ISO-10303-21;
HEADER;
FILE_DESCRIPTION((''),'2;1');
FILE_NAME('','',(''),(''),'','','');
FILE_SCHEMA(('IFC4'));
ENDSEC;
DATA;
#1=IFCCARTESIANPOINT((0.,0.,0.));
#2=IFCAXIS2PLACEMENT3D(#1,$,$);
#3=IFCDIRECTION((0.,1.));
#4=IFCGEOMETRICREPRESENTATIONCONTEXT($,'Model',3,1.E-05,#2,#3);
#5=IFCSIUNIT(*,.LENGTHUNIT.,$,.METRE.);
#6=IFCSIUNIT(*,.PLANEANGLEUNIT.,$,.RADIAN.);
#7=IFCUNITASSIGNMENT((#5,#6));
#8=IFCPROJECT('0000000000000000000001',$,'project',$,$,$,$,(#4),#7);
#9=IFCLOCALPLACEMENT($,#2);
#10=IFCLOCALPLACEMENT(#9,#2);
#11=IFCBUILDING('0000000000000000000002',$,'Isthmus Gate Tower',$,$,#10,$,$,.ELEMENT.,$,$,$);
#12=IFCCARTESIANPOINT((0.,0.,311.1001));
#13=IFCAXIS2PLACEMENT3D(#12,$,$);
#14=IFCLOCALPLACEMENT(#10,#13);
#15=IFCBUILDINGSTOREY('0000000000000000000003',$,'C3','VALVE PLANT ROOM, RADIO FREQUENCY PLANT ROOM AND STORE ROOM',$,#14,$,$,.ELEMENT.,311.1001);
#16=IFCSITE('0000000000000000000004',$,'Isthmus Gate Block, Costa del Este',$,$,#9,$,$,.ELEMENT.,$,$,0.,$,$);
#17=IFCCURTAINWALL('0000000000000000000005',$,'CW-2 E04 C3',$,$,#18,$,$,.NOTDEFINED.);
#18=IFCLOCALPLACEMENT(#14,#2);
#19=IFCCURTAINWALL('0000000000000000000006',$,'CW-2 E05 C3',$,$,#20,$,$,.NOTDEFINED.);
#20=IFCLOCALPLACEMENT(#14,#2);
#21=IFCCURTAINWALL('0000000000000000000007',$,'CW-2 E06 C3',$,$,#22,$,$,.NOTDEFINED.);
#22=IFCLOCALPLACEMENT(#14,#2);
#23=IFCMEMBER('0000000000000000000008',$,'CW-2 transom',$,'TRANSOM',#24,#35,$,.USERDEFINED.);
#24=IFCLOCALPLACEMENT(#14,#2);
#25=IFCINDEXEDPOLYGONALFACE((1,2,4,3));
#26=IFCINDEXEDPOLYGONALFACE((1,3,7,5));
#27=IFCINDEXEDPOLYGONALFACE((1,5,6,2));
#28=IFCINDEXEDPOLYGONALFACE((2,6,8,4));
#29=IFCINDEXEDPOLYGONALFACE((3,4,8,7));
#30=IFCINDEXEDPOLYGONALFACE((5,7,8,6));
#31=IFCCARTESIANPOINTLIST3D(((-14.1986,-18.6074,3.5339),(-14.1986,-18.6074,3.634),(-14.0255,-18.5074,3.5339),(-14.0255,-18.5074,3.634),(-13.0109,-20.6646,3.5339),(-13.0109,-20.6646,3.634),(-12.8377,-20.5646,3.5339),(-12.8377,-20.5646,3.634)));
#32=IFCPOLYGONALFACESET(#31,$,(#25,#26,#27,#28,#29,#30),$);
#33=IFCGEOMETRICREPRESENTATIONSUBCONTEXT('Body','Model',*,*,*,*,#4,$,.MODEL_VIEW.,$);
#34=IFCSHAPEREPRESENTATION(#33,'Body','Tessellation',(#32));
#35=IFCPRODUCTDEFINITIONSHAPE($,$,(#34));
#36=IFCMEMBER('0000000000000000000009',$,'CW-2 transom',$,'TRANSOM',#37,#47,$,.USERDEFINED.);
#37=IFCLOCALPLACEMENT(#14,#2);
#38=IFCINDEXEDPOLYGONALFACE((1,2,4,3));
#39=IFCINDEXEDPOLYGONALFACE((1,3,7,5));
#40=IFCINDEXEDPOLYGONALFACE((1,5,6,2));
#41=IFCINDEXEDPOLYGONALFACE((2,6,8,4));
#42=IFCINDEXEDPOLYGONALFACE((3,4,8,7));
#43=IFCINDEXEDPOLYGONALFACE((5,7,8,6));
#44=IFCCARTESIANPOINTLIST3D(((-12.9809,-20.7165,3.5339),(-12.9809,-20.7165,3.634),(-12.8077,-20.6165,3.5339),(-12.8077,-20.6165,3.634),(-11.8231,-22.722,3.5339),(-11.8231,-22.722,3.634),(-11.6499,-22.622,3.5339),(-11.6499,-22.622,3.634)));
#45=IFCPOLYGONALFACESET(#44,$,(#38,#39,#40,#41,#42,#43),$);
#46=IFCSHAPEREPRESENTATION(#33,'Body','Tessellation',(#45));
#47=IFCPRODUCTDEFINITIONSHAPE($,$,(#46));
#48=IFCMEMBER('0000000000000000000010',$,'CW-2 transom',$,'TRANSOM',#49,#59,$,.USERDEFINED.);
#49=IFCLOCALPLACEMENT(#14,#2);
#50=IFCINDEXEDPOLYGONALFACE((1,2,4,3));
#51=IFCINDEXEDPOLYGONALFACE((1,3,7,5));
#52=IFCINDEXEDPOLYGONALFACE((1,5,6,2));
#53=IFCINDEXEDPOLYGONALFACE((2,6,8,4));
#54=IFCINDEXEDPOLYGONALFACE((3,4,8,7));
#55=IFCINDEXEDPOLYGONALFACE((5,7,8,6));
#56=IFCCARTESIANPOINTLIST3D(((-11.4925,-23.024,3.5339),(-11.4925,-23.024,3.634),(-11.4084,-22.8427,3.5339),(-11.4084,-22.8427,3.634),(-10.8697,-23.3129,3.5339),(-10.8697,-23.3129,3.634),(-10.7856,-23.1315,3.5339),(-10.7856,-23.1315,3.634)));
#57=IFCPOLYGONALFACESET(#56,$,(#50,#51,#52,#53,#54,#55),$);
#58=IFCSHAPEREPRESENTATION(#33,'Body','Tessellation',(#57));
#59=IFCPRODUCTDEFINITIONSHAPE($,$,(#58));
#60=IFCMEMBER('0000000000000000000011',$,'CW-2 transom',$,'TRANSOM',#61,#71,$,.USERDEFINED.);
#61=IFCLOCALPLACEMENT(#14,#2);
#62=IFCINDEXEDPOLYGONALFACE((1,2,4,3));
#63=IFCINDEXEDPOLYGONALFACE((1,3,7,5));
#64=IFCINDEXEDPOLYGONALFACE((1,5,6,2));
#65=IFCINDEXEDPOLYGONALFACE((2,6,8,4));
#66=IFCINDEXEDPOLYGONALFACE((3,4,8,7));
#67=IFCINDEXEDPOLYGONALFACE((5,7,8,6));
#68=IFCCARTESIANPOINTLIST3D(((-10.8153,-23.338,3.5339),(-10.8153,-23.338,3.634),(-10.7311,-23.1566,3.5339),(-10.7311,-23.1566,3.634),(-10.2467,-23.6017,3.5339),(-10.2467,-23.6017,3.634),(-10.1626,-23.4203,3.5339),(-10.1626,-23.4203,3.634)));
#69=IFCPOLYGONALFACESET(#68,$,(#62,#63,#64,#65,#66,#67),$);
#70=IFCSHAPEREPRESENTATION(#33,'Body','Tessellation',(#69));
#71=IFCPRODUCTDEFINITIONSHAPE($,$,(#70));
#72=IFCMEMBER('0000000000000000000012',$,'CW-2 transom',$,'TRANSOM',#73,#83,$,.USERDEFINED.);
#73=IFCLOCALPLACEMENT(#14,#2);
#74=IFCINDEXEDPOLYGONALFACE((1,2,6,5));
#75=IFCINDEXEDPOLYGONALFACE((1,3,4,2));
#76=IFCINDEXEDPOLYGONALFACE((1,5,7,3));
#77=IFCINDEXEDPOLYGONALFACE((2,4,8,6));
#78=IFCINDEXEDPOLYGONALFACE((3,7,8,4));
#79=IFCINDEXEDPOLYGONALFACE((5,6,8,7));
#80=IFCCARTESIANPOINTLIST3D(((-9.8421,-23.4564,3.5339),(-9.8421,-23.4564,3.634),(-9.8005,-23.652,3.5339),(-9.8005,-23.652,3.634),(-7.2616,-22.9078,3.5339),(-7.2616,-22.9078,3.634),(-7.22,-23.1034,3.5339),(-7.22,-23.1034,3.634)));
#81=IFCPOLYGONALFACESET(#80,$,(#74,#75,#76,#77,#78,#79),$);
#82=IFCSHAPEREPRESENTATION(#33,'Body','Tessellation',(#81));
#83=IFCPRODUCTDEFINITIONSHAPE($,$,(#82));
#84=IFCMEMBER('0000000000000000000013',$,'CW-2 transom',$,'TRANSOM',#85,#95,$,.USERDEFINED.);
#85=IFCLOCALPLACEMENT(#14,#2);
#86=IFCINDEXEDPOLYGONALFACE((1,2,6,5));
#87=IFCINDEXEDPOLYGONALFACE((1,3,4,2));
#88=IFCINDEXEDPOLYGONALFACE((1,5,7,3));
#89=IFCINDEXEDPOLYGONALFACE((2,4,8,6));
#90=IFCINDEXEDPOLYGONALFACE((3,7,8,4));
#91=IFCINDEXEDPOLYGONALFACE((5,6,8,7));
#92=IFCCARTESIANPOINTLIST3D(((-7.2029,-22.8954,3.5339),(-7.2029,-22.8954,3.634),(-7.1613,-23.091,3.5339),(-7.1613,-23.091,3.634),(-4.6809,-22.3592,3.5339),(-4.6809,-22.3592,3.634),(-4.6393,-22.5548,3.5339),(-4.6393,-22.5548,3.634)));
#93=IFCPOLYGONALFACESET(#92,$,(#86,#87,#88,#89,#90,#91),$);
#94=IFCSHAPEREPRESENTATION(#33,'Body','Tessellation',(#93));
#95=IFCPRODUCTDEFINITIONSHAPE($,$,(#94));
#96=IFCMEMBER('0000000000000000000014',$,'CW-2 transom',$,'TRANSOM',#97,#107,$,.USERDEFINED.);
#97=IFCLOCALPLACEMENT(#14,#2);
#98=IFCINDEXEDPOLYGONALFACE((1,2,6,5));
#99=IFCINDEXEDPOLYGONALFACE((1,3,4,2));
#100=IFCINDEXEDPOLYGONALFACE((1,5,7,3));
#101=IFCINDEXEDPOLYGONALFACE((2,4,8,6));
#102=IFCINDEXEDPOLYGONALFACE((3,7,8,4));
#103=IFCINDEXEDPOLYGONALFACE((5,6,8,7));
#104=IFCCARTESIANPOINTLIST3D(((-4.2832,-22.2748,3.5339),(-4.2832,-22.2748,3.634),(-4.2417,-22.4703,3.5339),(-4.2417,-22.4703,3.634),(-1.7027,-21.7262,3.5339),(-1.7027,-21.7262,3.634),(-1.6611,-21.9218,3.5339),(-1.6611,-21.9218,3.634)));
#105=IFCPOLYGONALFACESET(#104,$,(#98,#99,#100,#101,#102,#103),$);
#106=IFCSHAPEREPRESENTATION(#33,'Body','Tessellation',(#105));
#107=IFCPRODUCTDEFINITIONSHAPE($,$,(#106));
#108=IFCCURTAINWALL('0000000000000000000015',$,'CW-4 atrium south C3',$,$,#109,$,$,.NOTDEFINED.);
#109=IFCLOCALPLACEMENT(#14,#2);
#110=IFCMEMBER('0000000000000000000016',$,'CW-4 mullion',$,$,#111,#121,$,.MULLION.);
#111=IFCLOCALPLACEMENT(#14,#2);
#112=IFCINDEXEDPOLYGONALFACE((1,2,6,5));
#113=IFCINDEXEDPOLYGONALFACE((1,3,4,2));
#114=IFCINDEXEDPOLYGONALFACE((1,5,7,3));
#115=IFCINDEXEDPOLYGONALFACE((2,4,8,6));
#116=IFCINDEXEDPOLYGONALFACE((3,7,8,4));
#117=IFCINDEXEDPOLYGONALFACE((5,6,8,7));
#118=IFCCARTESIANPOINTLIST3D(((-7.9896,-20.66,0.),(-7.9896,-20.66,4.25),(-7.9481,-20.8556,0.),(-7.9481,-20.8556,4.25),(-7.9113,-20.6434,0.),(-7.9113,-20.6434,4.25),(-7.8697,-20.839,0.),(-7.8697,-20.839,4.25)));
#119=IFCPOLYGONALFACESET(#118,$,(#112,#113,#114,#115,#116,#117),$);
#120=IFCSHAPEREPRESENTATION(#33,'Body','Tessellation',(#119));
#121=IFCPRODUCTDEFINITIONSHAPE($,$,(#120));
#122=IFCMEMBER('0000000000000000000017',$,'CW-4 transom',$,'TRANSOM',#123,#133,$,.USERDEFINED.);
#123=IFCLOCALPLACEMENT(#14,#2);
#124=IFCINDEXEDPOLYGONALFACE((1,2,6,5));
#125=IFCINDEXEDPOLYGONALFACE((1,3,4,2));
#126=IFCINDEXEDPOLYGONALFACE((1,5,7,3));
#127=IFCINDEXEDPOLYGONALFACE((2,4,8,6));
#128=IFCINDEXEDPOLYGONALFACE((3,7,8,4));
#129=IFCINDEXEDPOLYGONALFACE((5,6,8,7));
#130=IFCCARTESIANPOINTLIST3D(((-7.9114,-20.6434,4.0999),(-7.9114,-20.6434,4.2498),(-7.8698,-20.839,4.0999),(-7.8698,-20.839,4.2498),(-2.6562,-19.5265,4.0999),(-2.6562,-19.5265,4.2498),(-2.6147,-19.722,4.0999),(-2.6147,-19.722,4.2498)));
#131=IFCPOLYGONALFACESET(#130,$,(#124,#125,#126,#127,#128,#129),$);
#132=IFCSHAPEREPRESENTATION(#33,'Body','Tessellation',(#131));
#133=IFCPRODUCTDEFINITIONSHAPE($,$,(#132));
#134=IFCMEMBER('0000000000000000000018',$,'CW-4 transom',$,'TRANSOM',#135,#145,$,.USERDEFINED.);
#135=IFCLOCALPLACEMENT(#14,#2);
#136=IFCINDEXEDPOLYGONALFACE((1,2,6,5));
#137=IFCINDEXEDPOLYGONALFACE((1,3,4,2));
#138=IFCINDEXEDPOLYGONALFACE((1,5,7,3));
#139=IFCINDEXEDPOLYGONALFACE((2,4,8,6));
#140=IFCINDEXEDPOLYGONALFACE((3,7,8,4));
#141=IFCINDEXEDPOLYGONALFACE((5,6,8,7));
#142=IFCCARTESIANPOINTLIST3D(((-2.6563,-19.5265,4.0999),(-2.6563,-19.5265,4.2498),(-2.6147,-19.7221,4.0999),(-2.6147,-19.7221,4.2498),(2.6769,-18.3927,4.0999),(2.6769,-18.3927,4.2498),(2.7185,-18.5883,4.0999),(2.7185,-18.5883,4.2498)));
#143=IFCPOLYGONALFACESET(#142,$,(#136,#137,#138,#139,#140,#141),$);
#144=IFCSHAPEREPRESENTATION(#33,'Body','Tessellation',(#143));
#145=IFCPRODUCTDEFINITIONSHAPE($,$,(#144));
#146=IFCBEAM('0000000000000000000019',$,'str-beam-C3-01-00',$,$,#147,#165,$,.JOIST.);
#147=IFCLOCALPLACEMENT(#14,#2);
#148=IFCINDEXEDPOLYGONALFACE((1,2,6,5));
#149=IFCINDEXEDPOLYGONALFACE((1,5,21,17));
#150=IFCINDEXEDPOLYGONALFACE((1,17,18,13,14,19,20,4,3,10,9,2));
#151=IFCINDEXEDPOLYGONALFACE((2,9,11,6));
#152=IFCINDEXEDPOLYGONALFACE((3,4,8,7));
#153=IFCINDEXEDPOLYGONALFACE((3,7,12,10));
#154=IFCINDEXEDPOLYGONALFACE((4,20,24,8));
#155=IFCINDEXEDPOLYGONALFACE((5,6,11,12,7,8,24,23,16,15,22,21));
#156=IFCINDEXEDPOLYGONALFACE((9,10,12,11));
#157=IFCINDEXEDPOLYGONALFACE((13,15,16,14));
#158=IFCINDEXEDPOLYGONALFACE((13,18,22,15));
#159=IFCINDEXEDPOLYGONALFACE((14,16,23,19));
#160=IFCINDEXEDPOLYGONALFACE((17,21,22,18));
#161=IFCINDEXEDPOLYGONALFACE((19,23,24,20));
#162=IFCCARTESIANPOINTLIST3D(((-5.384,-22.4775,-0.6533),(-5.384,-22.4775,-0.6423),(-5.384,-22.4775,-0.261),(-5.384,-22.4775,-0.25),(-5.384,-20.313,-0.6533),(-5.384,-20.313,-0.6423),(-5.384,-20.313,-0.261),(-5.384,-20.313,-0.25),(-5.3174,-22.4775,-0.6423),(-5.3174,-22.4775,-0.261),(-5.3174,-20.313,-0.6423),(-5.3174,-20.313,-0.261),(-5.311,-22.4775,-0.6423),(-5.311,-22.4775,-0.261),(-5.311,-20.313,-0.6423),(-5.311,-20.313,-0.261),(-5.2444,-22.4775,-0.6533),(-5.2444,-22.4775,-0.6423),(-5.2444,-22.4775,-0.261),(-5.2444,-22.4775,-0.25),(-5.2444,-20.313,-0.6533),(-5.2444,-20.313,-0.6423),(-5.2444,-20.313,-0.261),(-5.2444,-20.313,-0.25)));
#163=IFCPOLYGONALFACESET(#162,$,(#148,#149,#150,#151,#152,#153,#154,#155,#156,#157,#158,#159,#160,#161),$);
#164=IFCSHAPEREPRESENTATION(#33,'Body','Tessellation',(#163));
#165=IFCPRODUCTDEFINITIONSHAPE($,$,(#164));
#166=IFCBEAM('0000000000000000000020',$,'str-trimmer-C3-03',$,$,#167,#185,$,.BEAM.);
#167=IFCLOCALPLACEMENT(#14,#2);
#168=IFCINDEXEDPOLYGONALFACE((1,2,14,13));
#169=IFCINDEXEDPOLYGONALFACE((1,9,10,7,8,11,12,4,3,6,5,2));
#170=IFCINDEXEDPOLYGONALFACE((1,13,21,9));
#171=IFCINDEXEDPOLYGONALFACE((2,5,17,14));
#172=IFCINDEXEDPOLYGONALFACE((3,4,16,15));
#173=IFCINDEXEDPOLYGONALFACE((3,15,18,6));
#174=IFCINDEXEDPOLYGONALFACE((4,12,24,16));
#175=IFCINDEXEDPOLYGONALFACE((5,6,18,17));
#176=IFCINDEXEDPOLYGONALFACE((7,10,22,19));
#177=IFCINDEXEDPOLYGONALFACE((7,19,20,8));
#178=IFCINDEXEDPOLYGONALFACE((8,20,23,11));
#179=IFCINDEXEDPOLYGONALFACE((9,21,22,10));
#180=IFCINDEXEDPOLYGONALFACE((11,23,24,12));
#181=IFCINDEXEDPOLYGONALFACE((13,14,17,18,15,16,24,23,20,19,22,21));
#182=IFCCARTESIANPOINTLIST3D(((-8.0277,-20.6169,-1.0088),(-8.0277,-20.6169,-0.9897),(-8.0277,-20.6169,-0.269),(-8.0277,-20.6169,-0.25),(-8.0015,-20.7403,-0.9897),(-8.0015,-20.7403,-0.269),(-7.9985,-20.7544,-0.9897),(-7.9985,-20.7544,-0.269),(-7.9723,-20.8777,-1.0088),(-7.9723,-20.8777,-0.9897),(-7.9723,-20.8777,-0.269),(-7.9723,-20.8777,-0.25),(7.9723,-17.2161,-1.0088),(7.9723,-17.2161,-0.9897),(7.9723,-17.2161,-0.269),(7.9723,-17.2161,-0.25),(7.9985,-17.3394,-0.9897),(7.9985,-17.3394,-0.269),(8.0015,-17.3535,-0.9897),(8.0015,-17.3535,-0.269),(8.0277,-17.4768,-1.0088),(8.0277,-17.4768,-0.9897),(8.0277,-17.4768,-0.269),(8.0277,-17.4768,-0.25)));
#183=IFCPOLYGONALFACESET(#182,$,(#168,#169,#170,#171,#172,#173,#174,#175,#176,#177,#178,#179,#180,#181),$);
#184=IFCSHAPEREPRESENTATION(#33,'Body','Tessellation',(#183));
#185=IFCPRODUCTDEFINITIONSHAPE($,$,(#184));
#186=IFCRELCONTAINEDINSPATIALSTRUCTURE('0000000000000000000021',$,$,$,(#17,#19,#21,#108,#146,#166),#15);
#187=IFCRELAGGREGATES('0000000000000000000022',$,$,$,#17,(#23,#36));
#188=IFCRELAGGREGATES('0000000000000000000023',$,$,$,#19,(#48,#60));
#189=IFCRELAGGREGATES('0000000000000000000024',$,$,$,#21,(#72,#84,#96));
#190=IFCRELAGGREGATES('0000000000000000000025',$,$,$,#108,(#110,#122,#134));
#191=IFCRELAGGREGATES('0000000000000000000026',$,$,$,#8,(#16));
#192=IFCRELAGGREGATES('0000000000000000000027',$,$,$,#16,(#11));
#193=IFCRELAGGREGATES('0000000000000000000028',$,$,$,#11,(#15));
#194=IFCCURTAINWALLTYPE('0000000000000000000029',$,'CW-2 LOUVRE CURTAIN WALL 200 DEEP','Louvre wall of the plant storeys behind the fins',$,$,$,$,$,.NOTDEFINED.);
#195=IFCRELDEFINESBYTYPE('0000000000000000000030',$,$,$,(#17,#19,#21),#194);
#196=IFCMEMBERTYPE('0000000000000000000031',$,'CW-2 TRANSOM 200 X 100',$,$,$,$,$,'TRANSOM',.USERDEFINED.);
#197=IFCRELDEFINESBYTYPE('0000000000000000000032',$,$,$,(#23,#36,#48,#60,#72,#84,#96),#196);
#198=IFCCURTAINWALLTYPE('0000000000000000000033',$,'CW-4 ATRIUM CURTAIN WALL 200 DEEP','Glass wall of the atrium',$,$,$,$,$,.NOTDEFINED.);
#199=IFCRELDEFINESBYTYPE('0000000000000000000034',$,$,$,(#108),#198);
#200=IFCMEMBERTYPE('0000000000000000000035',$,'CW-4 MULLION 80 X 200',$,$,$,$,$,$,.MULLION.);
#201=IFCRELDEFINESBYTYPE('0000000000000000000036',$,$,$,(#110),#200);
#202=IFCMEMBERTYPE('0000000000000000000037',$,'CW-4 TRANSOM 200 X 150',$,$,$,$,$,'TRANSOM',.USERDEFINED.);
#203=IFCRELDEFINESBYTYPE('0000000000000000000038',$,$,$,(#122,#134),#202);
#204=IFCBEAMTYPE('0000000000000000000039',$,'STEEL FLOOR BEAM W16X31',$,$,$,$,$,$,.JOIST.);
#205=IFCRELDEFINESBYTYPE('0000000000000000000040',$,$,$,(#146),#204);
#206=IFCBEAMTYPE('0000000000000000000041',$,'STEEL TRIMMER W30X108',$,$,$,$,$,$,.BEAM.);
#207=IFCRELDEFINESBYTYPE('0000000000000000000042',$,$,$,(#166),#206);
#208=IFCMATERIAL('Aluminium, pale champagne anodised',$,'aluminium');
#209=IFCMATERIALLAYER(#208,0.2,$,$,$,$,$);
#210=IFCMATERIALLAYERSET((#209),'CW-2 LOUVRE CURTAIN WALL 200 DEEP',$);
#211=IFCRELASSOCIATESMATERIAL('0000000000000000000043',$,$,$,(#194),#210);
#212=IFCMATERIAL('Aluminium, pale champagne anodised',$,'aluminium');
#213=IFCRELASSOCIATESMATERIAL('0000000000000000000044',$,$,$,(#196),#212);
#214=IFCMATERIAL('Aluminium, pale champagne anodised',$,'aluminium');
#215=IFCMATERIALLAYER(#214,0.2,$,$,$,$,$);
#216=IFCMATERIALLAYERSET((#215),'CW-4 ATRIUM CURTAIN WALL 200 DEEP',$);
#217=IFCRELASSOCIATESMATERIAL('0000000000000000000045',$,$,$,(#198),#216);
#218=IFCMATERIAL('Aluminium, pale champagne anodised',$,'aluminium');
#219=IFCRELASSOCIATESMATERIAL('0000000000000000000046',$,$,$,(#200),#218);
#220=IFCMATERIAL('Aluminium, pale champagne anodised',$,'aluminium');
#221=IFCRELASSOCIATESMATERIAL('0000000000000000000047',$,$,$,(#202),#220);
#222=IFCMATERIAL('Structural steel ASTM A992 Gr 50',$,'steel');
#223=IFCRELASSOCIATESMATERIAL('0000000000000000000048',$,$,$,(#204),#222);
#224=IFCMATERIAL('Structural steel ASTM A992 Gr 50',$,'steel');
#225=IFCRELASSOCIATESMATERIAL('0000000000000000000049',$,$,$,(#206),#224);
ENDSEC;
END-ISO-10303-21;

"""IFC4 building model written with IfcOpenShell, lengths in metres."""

from ifc_helpers import new_model, si_unit, direction, frame, origin, origin_2d, place, context, subcontext, project, spatial, rectangle, i_section, extrude, material, layer, layer_set, material_profile, profile_set, type_object, element, aggregate, save


model = new_model("IFC4")

# Units and contexts
model_context = context("Model", 3, precision=1e-05, world=origin(), true_north=direction((0.0, 1.0)))
body_context = subcontext(model_context, "Body", "Model", "MODEL_VIEW")
ifc_project = project(units=[si_unit("LENGTHUNIT", "METRE"), si_unit("PLANEANGLEUNIT", "RADIAN")], contexts=[model_context])

# Site, building, storey
site_placement = place(None, origin())
site = spatial("IfcSite", under=ifc_project, at=site_placement, Name="Isthmus Gate Block, Costa del Este", CompositionType="ELEMENT", RefElevation=0.0)
building_placement = place(site_placement, origin())
building = spatial("IfcBuilding", under=site, at=building_placement, Name="Isthmus Gate Tower", CompositionType="ELEMENT")
storey_placement = place(building_placement, frame((0.0, 0.0, 311.1001)))
storey = spatial("IfcBuildingStorey", under=building, at=storey_placement, Name="C3", Description="VALVE PLANT ROOM, RADIO FREQUENCY PLANT ROOM AND STORE ROOM", CompositionType="ELEMENT", Elevation=311.1001)

# Curtain wall
ifc_material_1 = material(Name="Aluminium, pale champagne anodised", Category="aluminium")
ifc_layer_1 = layer(ifc_material_1, 0.2)
ifc_layer_set_1 = layer_set([ifc_layer_1], Name="CW-2 LOUVRE CURTAIN WALL 200 DEEP")
curtain_wall_type_1 = type_object("IfcCurtainWallType", Name="CW-2 LOUVRE CURTAIN WALL 200 DEEP", Description="Louvre wall of the plant storeys behind the fins", PredefinedType="NOTDEFINED", material=ifc_layer_set_1)
curtain_wall_1_placement = place(storey_placement, origin())
curtain_wall_1 = element("IfcCurtainWall", 1, at=curtain_wall_1_placement, inside=storey, type_object=curtain_wall_type_1, Name="CW-2 E04 C3", PredefinedType="NOTDEFINED")

# Curtain wall
curtain_wall_2_placement = place(storey_placement, origin())
curtain_wall_2 = element("IfcCurtainWall", 2, at=curtain_wall_2_placement, inside=storey, type_object=curtain_wall_type_1, Name="CW-2 E05 C3", PredefinedType="NOTDEFINED")

# Curtain wall
curtain_wall_3_placement = place(storey_placement, origin())
curtain_wall_3 = element("IfcCurtainWall", 3, at=curtain_wall_3_placement, inside=storey, type_object=curtain_wall_type_1, Name="CW-2 E06 C3", PredefinedType="NOTDEFINED")

# Members
ifc_material_2 = material(Name="Aluminium, pale champagne anodised", Category="aluminium")
ifc_material_profile_1 = material_profile(ifc_material_2, rectangle(XDim=0.2, YDim=0.1001, at=origin_2d()), Name="200x100")
ifc_profile_set_1 = profile_set([ifc_material_profile_1], Name="Aluminium, pale champagne anodised")
member_type_1 = type_object("IfcMemberType", Name="CW-2 TRANSOM 200 X 100", ElementType="TRANSOM", PredefinedType="USERDEFINED", material=ifc_profile_set_1)
member_1_placement = place(storey_placement, frame((-14.1121, -18.5574, 3.584), z_axis=(0.500019, -0.866014, 0.0), x_axis=(0.866014, 0.500019, 0.0)))
member_1 = element("IfcMember", 4, at=member_1_placement, type_object=member_type_1, Name="CW-2 transom", ObjectType="TRANSOM", PredefinedType="USERDEFINED", context=body_context, shape_type="SweptSolid", body=[
    extrude(rectangle(XDim=0.2, YDim=0.1001, at=origin_2d()), origin(), (0.0, 0.0, 1.0), 2.3755),
])
member_2_placement = place(storey_placement, frame((-12.8943, -20.6665, 3.584), z_axis=(0.499972, -0.866042, 0.0), x_axis=(0.866042, 0.499972, 0.0)))
member_2 = element("IfcMember", 5, at=member_2_placement, type_object=member_type_1, Name="CW-2 transom", ObjectType="TRANSOM", PredefinedType="USERDEFINED", context=body_context, shape_type="SweptSolid", body=[
    extrude(rectangle(XDim=0.2, YDim=0.1001, at=origin_2d()), origin(), (0.0, 0.0, 1.0), 2.3157),
])
member_3_placement = place(storey_placement, frame((-11.4504, -22.9333, 3.584), z_axis=(0.907198, -0.420704, 0.0), x_axis=(0.420704, 0.907198, 0.0)))
member_3 = element("IfcMember", 6, at=member_3_placement, type_object=member_type_1, Name="CW-2 transom", ObjectType="TRANSOM", PredefinedType="USERDEFINED", context=body_context, shape_type="SweptSolid", body=[
    extrude(rectangle(XDim=0.2, YDim=0.1001, at=origin_2d()), origin(), (0.0, 0.0, 1.0), 0.6865),
])
member_4_placement = place(storey_placement, frame((-10.7732, -23.2473, 3.584), z_axis=(0.907205, -0.420688, 0.0), x_axis=(0.420688, 0.907205, 0.0)))
member_4 = element("IfcMember", 7, at=member_4_placement, type_object=member_type_1, Name="CW-2 transom", ObjectType="TRANSOM", PredefinedType="USERDEFINED", context=body_context, shape_type="SweptSolid", body=[
    extrude(rectangle(XDim=0.2, YDim=0.1001, at=origin_2d()), origin(), (0.0, 0.0, 1.0), 0.6267),
])
member_5_placement = place(storey_placement, frame((-9.8213, -23.5542, 3.584), z_axis=(0.978142, 0.207936, 0.0), x_axis=(-0.207936, 0.978142, 0.0)))
member_5 = element("IfcMember", 8, at=member_5_placement, type_object=member_type_1, Name="CW-2 transom", ObjectType="TRANSOM", PredefinedType="USERDEFINED", context=body_context, shape_type="SweptSolid", body=[
    extrude(rectangle(XDim=0.2, YDim=0.1001, at=origin_2d()), origin(), (0.0, 0.0, 1.0), 2.6382),
])
member_6_placement = place(storey_placement, frame((-7.1821, -22.9932, 3.584), z_axis=(0.978142, 0.207938, 0.0), x_axis=(-0.207938, 0.978142, 0.0)))
member_6 = element("IfcMember", 9, at=member_6_placement, type_object=member_type_1, Name="CW-2 transom", ObjectType="TRANSOM", PredefinedType="USERDEFINED", context=body_context, shape_type="SweptSolid", body=[
    extrude(rectangle(XDim=0.2, YDim=0.1001, at=origin_2d()), origin(), (0.0, 0.0, 1.0), 2.5784),
])
member_7_placement = place(storey_placement, frame((-4.2625, -22.3726, 3.584), z_axis=(0.978142, 0.207936, 0.0), x_axis=(-0.207936, 0.978142, 0.0)))
member_7 = element("IfcMember", 10, at=member_7_placement, type_object=member_type_1, Name="CW-2 transom", ObjectType="TRANSOM", PredefinedType="USERDEFINED", context=body_context, shape_type="SweptSolid", body=[
    extrude(rectangle(XDim=0.2, YDim=0.1001, at=origin_2d()), origin(), (0.0, 0.0, 1.0), 2.6382),
])

# Curtain wall, members
ifc_material_3 = material(Name="Aluminium, pale champagne anodised", Category="aluminium")
ifc_layer_2 = layer(ifc_material_3, 0.2)
ifc_layer_set_2 = layer_set([ifc_layer_2], Name="CW-4 ATRIUM CURTAIN WALL 200 DEEP")
curtain_wall_type_2 = type_object("IfcCurtainWallType", Name="CW-4 ATRIUM CURTAIN WALL 200 DEEP", Description="Glass wall of the atrium", PredefinedType="NOTDEFINED", material=ifc_layer_set_2)
curtain_wall_4_placement = place(storey_placement, origin())
curtain_wall_4 = element("IfcCurtainWall", 11, at=curtain_wall_4_placement, inside=storey, type_object=curtain_wall_type_2, Name="CW-4 atrium south C3", PredefinedType="NOTDEFINED")
ifc_material_4 = material(Name="Aluminium, pale champagne anodised", Category="aluminium")
ifc_material_profile_2 = material_profile(ifc_material_4, rectangle(XDim=0.0801, YDim=0.2, at=origin_2d()), Name="80x200")
ifc_profile_set_2 = profile_set([ifc_material_profile_2], Name="Aluminium, pale champagne anodised")
member_type_2 = type_object("IfcMemberType", Name="CW-4 MULLION 80 X 200", PredefinedType="MULLION", material=ifc_profile_set_2)
member_8_placement = place(storey_placement, frame((-7.9297, -20.7495, 0.0), z_axis=(0.0, 0.0, 1.0), x_axis=(0.978148, 0.207912, 0.0)))
member_8 = element("IfcMember", 12, at=member_8_placement, type_object=member_type_2, Name="CW-4 mullion", PredefinedType="MULLION", context=body_context, shape_type="SweptSolid", body=[
    extrude(rectangle(XDim=0.0801, YDim=0.2, at=origin_2d()), origin(), (0.0, 0.0, 1.0), 4.25),
])
ifc_material_5 = material(Name="Aluminium, pale champagne anodised", Category="aluminium")
ifc_material_profile_3 = material_profile(ifc_material_5, rectangle(XDim=0.2, YDim=0.1499, at=origin_2d()), Name="200x150")
ifc_profile_set_3 = profile_set([ifc_material_profile_3], Name="Aluminium, pale champagne anodised")
member_type_3 = type_object("IfcMemberType", Name="CW-4 TRANSOM 200 X 150", ElementType="TRANSOM", PredefinedType="USERDEFINED", material=ifc_profile_set_3)
member_9_placement = place(storey_placement, frame((-7.8906, -20.7412, 4.1748), z_axis=(0.97815, 0.2079, 0.0), x_axis=(-0.2079, 0.97815, 0.0)))
member_9 = element("IfcMember", 13, at=member_9_placement, type_object=member_type_3, Name="CW-4 transom", ObjectType="TRANSOM", PredefinedType="USERDEFINED", context=body_context, shape_type="SweptSolid", body=[
    extrude(rectangle(XDim=0.2, YDim=0.1499, at=origin_2d()), origin(), (0.0, 0.0, 1.0), 5.3726),
])
member_10_placement = place(storey_placement, frame((-2.6355, -19.6243, 4.1748), z_axis=(0.978141, 0.207942, 0.0), x_axis=(-0.207942, 0.978141, 0.0)))
member_10 = element("IfcMember", 14, at=member_10_placement, type_object=member_type_3, Name="CW-4 transom", ObjectType="TRANSOM", PredefinedType="USERDEFINED", context=body_context, shape_type="SweptSolid", body=[
    extrude(rectangle(XDim=0.2, YDim=0.1499, at=origin_2d()), origin(), (0.0, 0.0, 1.0), 5.4524),
])

# Beams
ifc_material_6 = material(Name="Structural steel ASTM A992 Gr 50", Category="steel")
ifc_material_profile_4 = material_profile(ifc_material_6, i_section(OverallWidth=0.1396, OverallDepth=0.4033, WebThickness=0.0063, FlangeThickness=0.011, at=origin_2d()), Name="W16X31")
ifc_profile_set_4 = profile_set([ifc_material_profile_4], Name="Structural steel ASTM A992 Gr 50")
beam_type_1 = type_object("IfcBeamType", Name="STEEL FLOOR BEAM W16X31", PredefinedType="JOIST", material=ifc_profile_set_4)
beam_1_placement = place(storey_placement, frame((-5.3142, -22.4775, -0.4517), z_axis=(0.0, 1.0, 0.0), x_axis=(-1.0, 0.0, 0.0)))
element("IfcBeam", 15, at=beam_1_placement, inside=storey, type_object=beam_type_1, Name="str-beam-C3-01-00", PredefinedType="JOIST", context=body_context, shape_type="SweptSolid", body=[
    extrude(i_section(OverallWidth=0.1396, OverallDepth=0.4033, WebThickness=0.0063, FlangeThickness=0.011, at=origin_2d()), origin(), (0.0, 0.0, 1.0), 2.1646),
])
ifc_material_7 = material(Name="Structural steel ASTM A992 Gr 50", Category="steel")
ifc_material_profile_5 = material_profile(ifc_material_7, i_section(OverallWidth=0.2666, OverallDepth=0.7588, WebThickness=0.0144, FlangeThickness=0.019, at=origin_2d()), Name="W30X108")
ifc_profile_set_5 = profile_set([ifc_material_profile_5], Name="Structural steel ASTM A992 Gr 50")
beam_type_2 = type_object("IfcBeamType", Name="STEEL TRIMMER W30X108", PredefinedType="BEAM", material=ifc_profile_set_5)
beam_2_placement = place(storey_placement, frame((-8.0, -20.7473, -0.6294), z_axis=(0.978148, 0.20791, 0.0), x_axis=(-0.20791, 0.978148, 0.0)))
element("IfcBeam", 16, at=beam_2_placement, inside=storey, type_object=beam_type_2, Name="str-trimmer-C3-03", PredefinedType="BEAM", context=body_context, shape_type="SweptSolid", body=[
    extrude(i_section(OverallWidth=0.2666, OverallDepth=0.7588, WebThickness=0.0144, FlangeThickness=0.019, at=origin_2d()), origin(), (0.0, 0.0, 1.0), 16.3574),
])

aggregate(curtain_wall_1, [member_1, member_2])
aggregate(curtain_wall_2, [member_3, member_4])
aggregate(curtain_wall_3, [member_5, member_6, member_7])
aggregate(curtain_wall_4, [member_8, member_9, member_10])

save(model, "model.ifc")
